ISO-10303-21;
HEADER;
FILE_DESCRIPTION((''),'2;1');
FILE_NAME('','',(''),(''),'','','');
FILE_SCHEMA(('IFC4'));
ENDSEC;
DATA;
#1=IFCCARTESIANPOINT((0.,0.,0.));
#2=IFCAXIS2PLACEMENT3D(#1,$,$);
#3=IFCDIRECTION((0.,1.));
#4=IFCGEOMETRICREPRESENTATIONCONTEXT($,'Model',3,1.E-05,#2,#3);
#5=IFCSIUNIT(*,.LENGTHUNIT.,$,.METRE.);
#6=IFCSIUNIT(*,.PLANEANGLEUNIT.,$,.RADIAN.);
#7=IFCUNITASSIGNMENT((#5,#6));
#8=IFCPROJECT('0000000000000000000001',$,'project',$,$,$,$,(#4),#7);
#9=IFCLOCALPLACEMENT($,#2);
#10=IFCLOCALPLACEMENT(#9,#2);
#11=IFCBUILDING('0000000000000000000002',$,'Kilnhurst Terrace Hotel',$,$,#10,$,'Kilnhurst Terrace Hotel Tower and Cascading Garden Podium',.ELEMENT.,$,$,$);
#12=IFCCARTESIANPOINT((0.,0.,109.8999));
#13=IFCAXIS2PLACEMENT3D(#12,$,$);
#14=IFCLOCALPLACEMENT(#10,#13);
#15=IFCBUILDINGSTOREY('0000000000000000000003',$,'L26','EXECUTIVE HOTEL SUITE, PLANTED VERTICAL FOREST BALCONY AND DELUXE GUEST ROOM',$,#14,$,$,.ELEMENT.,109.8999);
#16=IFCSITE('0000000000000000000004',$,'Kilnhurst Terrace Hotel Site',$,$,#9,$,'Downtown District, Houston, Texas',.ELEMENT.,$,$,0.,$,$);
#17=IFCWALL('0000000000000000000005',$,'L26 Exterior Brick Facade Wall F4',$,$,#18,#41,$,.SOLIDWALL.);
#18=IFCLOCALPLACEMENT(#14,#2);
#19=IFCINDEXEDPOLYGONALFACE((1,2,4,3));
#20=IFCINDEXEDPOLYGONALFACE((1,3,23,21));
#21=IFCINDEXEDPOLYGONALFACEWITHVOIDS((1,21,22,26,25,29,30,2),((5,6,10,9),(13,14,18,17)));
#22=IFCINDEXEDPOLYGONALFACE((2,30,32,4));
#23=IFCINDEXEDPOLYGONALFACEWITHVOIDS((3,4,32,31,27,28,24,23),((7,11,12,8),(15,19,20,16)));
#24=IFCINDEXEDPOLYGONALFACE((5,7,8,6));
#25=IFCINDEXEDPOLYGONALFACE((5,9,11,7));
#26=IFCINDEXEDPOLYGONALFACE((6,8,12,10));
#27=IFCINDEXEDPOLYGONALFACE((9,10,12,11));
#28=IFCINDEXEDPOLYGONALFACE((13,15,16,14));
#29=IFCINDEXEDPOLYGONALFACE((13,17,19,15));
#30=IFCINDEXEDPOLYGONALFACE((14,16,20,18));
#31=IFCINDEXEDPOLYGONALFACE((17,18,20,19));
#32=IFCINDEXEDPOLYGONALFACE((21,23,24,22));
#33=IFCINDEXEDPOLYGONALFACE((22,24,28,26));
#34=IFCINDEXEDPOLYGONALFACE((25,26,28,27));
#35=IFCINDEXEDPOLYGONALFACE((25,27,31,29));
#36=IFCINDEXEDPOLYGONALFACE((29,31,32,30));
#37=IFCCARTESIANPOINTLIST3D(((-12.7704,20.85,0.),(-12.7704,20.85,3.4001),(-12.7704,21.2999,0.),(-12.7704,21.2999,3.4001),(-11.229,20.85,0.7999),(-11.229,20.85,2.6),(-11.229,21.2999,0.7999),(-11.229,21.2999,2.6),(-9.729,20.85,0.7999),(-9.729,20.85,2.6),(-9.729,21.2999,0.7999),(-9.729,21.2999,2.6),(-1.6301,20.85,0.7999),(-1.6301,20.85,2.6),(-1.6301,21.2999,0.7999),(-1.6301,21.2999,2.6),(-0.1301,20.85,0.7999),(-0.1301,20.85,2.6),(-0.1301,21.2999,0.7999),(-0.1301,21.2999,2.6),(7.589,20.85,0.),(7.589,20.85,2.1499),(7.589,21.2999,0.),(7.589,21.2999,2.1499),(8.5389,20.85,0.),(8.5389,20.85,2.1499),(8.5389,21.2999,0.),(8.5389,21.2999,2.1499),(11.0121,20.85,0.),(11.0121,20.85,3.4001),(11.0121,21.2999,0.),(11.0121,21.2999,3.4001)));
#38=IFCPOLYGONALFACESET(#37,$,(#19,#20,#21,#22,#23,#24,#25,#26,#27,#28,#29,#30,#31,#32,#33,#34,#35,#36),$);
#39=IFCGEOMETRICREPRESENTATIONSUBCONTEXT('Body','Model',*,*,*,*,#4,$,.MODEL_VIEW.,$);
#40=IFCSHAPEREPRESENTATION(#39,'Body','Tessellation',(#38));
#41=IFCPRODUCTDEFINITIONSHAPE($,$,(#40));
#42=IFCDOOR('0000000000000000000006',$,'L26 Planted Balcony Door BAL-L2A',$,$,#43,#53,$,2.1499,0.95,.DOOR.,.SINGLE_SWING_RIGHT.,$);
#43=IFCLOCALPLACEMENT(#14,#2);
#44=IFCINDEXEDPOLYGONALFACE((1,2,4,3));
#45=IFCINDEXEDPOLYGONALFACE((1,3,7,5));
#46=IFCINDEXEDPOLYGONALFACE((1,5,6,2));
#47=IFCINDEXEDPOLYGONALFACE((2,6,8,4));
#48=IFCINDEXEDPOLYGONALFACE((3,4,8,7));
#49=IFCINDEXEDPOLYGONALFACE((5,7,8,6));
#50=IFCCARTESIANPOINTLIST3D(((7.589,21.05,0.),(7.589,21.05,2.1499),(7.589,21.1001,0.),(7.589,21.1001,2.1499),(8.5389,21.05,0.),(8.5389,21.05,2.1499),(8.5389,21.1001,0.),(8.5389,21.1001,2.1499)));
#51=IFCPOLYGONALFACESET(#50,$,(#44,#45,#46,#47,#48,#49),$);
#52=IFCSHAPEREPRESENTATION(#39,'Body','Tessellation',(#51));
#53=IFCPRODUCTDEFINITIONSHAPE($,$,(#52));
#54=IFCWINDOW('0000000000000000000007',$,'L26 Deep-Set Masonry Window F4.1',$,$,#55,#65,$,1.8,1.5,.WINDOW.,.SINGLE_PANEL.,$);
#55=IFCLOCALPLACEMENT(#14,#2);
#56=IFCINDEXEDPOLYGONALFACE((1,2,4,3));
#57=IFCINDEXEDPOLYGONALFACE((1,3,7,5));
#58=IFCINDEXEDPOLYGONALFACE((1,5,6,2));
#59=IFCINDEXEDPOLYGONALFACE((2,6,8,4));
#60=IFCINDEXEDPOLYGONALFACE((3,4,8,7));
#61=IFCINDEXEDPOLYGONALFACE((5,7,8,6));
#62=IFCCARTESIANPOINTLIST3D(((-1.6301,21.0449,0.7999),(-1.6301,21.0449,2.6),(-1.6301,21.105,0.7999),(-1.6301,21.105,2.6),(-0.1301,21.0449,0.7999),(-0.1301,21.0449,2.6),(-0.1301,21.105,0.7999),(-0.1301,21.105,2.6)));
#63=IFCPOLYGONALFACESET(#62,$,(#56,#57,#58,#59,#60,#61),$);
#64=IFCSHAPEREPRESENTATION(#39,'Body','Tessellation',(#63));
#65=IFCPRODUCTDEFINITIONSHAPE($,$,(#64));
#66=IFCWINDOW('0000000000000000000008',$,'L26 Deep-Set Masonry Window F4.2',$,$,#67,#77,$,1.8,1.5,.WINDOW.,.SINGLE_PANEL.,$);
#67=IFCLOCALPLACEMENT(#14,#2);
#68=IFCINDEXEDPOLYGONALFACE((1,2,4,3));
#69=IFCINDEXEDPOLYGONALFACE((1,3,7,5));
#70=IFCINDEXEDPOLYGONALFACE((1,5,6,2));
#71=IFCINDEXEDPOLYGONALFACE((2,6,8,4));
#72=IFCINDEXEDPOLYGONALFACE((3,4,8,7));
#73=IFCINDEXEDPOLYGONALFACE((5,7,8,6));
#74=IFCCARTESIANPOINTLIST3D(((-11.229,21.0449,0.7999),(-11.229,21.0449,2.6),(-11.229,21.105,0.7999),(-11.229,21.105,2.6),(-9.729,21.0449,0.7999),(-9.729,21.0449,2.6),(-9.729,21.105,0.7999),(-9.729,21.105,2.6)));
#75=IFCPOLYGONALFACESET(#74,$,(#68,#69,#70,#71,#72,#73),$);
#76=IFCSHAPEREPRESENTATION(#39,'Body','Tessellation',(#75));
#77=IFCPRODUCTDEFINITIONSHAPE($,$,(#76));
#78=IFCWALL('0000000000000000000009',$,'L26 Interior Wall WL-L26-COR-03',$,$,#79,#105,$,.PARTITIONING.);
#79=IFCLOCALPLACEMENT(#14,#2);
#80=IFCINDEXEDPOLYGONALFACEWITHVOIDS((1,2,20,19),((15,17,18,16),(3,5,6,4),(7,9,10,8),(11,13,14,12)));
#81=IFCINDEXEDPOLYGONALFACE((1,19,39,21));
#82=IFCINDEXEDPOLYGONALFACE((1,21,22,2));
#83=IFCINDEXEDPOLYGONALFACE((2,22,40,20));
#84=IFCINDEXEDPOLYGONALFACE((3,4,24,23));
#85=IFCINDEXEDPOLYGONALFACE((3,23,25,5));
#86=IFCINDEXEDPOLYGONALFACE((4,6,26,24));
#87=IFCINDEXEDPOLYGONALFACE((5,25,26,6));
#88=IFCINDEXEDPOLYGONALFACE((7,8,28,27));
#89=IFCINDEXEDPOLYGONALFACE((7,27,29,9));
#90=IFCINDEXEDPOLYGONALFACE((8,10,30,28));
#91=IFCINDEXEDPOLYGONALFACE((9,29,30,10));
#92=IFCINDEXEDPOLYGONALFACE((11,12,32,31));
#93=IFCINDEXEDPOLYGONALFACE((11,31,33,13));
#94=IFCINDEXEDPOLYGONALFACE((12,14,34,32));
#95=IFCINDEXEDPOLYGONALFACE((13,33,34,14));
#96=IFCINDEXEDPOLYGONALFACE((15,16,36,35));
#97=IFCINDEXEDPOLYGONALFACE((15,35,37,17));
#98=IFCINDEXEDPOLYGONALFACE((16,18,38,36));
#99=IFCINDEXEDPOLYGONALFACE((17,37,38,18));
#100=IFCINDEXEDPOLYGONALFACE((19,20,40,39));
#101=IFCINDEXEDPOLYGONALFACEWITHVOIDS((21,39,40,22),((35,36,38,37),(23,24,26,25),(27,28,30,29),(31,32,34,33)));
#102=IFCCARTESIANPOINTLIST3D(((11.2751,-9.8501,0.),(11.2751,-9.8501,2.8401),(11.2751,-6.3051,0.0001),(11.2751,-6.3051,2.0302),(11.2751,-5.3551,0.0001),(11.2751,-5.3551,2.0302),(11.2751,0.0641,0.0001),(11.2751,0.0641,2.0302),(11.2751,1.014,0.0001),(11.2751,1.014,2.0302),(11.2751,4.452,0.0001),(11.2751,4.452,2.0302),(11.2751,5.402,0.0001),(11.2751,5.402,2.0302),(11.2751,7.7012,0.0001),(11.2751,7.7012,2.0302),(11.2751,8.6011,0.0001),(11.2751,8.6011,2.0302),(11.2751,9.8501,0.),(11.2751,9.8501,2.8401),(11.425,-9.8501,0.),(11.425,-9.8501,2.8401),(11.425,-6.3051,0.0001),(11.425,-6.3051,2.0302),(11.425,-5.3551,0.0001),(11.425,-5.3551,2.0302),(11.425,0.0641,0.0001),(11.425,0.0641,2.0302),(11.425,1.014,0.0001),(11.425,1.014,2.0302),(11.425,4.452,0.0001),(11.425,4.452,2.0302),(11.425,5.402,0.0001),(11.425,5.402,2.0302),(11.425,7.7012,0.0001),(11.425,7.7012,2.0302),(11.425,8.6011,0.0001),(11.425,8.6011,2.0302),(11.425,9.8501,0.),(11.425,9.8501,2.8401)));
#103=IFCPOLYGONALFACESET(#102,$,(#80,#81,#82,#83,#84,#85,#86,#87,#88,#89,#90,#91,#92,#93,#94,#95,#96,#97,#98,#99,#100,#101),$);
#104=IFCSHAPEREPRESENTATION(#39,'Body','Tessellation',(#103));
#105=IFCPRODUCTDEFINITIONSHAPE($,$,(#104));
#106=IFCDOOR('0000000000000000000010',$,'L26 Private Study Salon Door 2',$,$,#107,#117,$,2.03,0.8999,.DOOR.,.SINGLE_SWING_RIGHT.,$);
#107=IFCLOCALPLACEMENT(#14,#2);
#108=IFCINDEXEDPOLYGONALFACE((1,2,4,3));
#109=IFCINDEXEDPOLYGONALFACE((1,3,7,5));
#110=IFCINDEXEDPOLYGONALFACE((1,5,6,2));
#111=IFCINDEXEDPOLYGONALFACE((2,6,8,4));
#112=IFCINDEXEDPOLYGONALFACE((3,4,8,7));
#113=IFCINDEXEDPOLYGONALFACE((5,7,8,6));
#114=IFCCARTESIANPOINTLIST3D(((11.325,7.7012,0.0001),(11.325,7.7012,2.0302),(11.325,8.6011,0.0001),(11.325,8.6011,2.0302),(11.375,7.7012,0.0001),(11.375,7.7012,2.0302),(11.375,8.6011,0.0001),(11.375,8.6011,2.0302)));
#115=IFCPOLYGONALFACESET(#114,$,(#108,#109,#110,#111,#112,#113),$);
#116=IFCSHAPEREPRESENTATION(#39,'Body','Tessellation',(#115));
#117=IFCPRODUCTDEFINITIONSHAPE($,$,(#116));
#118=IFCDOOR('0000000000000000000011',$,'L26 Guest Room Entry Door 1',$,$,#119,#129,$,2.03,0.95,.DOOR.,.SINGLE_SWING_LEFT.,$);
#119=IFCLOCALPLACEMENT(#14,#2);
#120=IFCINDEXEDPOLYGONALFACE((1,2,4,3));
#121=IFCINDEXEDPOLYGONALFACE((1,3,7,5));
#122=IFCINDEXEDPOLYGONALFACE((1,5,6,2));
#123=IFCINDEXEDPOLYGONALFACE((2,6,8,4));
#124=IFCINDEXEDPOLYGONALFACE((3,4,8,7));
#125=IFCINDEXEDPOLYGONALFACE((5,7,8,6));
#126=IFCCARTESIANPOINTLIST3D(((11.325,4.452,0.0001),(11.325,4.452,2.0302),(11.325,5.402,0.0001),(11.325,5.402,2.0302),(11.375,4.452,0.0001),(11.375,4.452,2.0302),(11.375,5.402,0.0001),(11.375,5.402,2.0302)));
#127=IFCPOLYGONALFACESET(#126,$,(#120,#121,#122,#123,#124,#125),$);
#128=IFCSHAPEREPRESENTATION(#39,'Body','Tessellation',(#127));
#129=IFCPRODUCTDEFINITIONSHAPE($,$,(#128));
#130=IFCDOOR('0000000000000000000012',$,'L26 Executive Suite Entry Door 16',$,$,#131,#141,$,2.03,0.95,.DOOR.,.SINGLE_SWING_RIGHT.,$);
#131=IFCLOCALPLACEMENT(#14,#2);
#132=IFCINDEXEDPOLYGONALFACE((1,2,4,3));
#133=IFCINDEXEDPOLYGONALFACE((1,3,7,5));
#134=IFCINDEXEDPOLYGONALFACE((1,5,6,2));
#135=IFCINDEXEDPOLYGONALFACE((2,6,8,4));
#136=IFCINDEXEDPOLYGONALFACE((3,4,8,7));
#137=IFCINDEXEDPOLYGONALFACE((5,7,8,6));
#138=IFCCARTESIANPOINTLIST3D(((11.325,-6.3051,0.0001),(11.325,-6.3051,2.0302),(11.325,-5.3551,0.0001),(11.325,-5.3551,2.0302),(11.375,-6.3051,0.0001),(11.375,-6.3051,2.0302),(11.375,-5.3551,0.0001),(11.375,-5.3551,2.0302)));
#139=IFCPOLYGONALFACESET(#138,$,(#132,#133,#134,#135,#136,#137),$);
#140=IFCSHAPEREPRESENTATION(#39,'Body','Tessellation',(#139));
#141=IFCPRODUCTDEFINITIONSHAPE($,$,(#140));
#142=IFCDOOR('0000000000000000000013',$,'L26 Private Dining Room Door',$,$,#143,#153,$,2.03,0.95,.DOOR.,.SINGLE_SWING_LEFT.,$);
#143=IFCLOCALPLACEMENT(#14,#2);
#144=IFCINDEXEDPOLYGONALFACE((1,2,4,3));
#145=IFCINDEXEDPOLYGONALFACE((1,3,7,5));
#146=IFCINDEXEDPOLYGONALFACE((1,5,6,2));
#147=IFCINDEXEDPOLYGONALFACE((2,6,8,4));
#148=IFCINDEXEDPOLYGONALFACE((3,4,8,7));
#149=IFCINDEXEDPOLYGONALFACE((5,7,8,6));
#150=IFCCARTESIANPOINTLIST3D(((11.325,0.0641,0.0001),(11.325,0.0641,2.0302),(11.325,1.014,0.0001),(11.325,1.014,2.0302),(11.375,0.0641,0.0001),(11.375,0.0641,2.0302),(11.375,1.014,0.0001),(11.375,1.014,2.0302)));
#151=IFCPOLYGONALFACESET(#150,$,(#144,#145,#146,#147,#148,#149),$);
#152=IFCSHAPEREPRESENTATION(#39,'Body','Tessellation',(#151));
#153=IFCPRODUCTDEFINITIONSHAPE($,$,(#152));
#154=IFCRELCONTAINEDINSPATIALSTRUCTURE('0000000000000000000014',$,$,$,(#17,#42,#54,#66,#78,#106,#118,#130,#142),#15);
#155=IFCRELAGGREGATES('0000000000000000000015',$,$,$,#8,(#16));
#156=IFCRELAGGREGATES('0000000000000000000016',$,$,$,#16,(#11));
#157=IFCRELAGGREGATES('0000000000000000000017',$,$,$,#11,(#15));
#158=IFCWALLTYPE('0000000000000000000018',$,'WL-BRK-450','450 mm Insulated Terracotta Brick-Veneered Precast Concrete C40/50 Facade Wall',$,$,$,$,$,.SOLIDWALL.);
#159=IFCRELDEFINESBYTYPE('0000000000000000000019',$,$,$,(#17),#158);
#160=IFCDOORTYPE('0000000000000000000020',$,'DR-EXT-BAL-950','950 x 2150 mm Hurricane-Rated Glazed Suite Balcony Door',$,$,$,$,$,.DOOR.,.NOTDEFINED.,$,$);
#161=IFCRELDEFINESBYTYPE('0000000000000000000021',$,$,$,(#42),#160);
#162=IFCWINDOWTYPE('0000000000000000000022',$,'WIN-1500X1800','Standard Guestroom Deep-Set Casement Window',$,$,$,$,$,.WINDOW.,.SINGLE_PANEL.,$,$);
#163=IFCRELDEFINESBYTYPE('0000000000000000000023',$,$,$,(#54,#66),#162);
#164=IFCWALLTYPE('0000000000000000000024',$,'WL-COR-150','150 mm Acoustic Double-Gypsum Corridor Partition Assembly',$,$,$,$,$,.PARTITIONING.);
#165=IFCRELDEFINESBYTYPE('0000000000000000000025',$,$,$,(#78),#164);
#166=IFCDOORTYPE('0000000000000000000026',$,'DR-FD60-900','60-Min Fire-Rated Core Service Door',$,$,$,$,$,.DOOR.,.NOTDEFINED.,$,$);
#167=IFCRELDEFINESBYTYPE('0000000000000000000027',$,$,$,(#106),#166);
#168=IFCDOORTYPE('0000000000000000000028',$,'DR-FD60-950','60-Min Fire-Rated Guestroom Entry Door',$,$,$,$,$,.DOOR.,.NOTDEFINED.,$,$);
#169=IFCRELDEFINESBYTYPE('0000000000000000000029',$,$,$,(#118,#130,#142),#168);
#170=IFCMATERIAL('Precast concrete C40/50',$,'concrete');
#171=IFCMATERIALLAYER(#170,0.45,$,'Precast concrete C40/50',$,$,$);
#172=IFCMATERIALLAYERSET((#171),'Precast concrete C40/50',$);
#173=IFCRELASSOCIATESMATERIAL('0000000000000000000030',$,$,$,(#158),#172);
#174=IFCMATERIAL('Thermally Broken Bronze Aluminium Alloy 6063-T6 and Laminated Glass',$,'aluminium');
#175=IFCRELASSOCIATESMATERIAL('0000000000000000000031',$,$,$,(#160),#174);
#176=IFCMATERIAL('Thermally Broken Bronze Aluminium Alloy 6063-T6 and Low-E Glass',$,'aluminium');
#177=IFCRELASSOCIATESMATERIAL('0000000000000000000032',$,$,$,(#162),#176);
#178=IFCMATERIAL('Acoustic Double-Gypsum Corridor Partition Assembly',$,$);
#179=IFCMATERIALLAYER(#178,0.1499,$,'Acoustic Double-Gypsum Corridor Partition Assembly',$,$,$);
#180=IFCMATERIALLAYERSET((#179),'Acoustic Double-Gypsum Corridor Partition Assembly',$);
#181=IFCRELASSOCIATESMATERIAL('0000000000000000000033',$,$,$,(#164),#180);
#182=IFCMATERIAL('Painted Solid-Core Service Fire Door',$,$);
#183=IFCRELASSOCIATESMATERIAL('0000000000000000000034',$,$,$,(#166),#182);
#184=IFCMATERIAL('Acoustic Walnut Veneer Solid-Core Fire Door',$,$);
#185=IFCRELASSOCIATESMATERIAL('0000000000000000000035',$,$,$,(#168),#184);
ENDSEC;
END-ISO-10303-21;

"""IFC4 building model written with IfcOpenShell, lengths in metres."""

from ifc_helpers import new_model, si_unit, direction, frame, frame_2d, origin, place, context, subcontext, project, spatial, rectangle, extrude, material, layer, layer_set, type_object, element, fill, save


model = new_model("IFC4")

# Units and contexts
model_context = context("Model", 3, precision=1e-05, world=origin(), true_north=direction((0.0, 1.0)))
body_context = subcontext(model_context, "Body", "Model", "MODEL_VIEW")
ifc_project = project(units=[si_unit("LENGTHUNIT", "METRE"), si_unit("PLANEANGLEUNIT", "RADIAN")], contexts=[model_context])

# Site, building, storey
site_placement = place(None, origin())
site = spatial("IfcSite", under=ifc_project, at=site_placement, Name="Kilnhurst Terrace Hotel Site", LongName="Downtown District, Houston, Texas", CompositionType="ELEMENT", RefElevation=0.0)
building_placement = place(site_placement, origin())
building = spatial("IfcBuilding", under=site, at=building_placement, Name="Kilnhurst Terrace Hotel", LongName="Kilnhurst Terrace Hotel Tower and Cascading Garden Podium", CompositionType="ELEMENT")
storey_placement = place(building_placement, frame((0.0, 0.0, 109.8999)))
storey = spatial("IfcBuildingStorey", under=building, at=storey_placement, Name="L26", Description="EXECUTIVE HOTEL SUITE, PLANTED VERTICAL FOREST BALCONY AND DELUXE GUEST ROOM", CompositionType="ELEMENT", Elevation=109.8999)

# Shared definitions
ifc_material_1 = material(Name="Precast concrete C40/50", Category="concrete")
ifc_layer_1 = layer(ifc_material_1, 0.45, Name="Precast concrete C40/50")
ifc_layer_set_1 = layer_set([ifc_layer_1], Name="Precast concrete C40/50")
wall_type_1 = type_object("IfcWallType", Name="WL-BRK-450", Description="450 mm Insulated Terracotta Brick-Veneered Precast Concrete C40/50 Facade Wall", PredefinedType="SOLIDWALL", material=ifc_layer_set_1)

# Wall, openings, door, windows
wall_1_placement = place(storey_placement, frame((11.012, 21.075, 0.0), z_axis=(0.0, 0.0, 1.0), x_axis=(-1.0, 0.0, 0.0)))
wall_1 = element("IfcWall", 1, at=wall_1_placement, inside=storey, type_object=wall_type_1, Name="L26 Exterior Brick Facade Wall F4", PredefinedType="SOLIDWALL", context=body_context, shape_type="SweptSolid", body=[
    extrude(rectangle(XDim=23.7825, YDim=0.45, at=frame_2d((11.8911, 0.0))), origin(), (0.0, 0.0, 1.0), 3.4001),
])
opening_1_placement = place(wall_1_placement, frame((2.4729, 0.0, 0.0)))
opening_1 = element("IfcOpeningElement", 2, at=opening_1_placement, cuts=wall_1, PredefinedType="OPENING", context=body_context, shape_type="SweptSolid", body=[
    extrude(rectangle(XDim=0.95, YDim=2.1499, at=frame_2d((0.4751, 1.075))), frame((0.0, 0.2349, 0.0), z_axis=(0.0, -1.0, 0.0), x_axis=(1.0, 0.0, 0.0)), (0.0, 0.0, 1.0), 0.47),
])
opening_2_placement = place(wall_1_placement, frame((11.1421, 0.0, 0.8)))
opening_2 = element("IfcOpeningElement", 3, at=opening_2_placement, cuts=wall_1, PredefinedType="OPENING", context=body_context, shape_type="SweptSolid", body=[
    extrude(rectangle(XDim=1.5, YDim=1.8, at=frame_2d((0.75, 0.8999))), frame((0.0, 0.2349, 0.0), z_axis=(0.0, -1.0, 0.0), x_axis=(1.0, 0.0, 0.0)), (0.0, 0.0, 1.0), 0.47),
])
opening_3_placement = place(wall_1_placement, frame((20.741, 0.0, 0.8)))
opening_3 = element("IfcOpeningElement", 4, at=opening_3_placement, cuts=wall_1, PredefinedType="OPENING", context=body_context, shape_type="SweptSolid", body=[
    extrude(rectangle(XDim=1.5, YDim=1.8, at=frame_2d((0.75, 0.8999))), frame((0.0, 0.2349, 0.0), z_axis=(0.0, -1.0, 0.0), x_axis=(1.0, 0.0, 0.0)), (0.0, 0.0, 1.0), 0.47),
])
ifc_material_2 = material(Name="Thermally Broken Bronze Aluminium Alloy 6063-T6 and Laminated Glass", Category="aluminium")
door_type_1 = type_object("IfcDoorType", Name="DR-EXT-BAL-950", Description="950 x 2150 mm Hurricane-Rated Glazed Suite Balcony Door", OperationType="NOTDEFINED", PredefinedType="DOOR", material=ifc_material_2)
door_1_placement = place(opening_1_placement, origin())
door_1 = element("IfcDoor", 5, at=door_1_placement, inside=storey, type_object=door_type_1, Name="L26 Planted Balcony Door BAL-L2A", OperationType="SINGLE_SWING_RIGHT", OverallHeight=2.1499, OverallWidth=0.95, PredefinedType="DOOR", context=body_context, shape_type="SweptSolid", body=[
    extrude(rectangle(XDim=0.95, YDim=2.1499, at=frame_2d((0.4751, 1.075))), frame((0.0, 0.0249, 0.0), z_axis=(0.0, -1.0, 0.0), x_axis=(1.0, 0.0, 0.0)), (0.0, 0.0, 1.0), 0.05),
])
fill(opening_1, door_1)
ifc_material_3 = material(Name="Thermally Broken Bronze Aluminium Alloy 6063-T6 and Low-E Glass", Category="aluminium")
window_type = type_object("IfcWindowType", Name="WIN-1500X1800", Description="Standard Guestroom Deep-Set Casement Window", PartitioningType="SINGLE_PANEL", PredefinedType="WINDOW", material=ifc_material_3)
window_1_placement = place(opening_2_placement, origin())
window_1 = element("IfcWindow", 6, at=window_1_placement, inside=storey, type_object=window_type, Name="L26 Deep-Set Masonry Window F4.1", OverallHeight=1.8, OverallWidth=1.5, PartitioningType="SINGLE_PANEL", PredefinedType="WINDOW", context=body_context, shape_type="SweptSolid", body=[
    extrude(rectangle(XDim=1.5, YDim=1.8, at=frame_2d((0.75, 0.8999))), frame((0.0, 0.03, 0.0), z_axis=(0.0, -1.0, 0.0), x_axis=(1.0, 0.0, 0.0)), (0.0, 0.0, 1.0), 0.0601),
])
fill(opening_2, window_1)
window_2_placement = place(opening_3_placement, origin())
window_2 = element("IfcWindow", 7, at=window_2_placement, inside=storey, type_object=window_type, Name="L26 Deep-Set Masonry Window F4.2", OverallHeight=1.8, OverallWidth=1.5, PartitioningType="SINGLE_PANEL", PredefinedType="WINDOW", context=body_context, shape_type="SweptSolid", body=[
    extrude(rectangle(XDim=1.5, YDim=1.8, at=frame_2d((0.75, 0.8999))), frame((0.0, 0.03, 0.0), z_axis=(0.0, -1.0, 0.0), x_axis=(1.0, 0.0, 0.0)), (0.0, 0.0, 1.0), 0.0601),
])
fill(opening_3, window_2)

# Wall, openings, doors
ifc_material_4 = material(Name="Acoustic Double-Gypsum Corridor Partition Assembly")
ifc_layer_2 = layer(ifc_material_4, 0.1499, Name="Acoustic Double-Gypsum Corridor Partition Assembly")
ifc_layer_set_2 = layer_set([ifc_layer_2], Name="Acoustic Double-Gypsum Corridor Partition Assembly")
wall_type_2 = type_object("IfcWallType", Name="WL-COR-150", Description="150 mm Acoustic Double-Gypsum Corridor Partition Assembly", PredefinedType="PARTITIONING", material=ifc_layer_set_2)
wall_2_placement = place(storey_placement, frame((11.3501, 9.8501, 0.0), z_axis=(0.0, 0.0, 1.0), x_axis=(0.0, -1.0, 0.0)))
wall_2 = element("IfcWall", 8, at=wall_2_placement, inside=storey, type_object=wall_type_2, Name="L26 Interior Wall WL-L26-COR-03", PredefinedType="PARTITIONING", context=body_context, shape_type="SweptSolid", body=[
    extrude(rectangle(XDim=19.7002, YDim=0.1499, at=frame_2d((9.8501, 0.0))), origin(), (0.0, 0.0, 1.0), 2.8401),
])
opening_4_placement = place(wall_2_placement, frame((4.448, 0.0, 0.0)))
opening_4 = element("IfcOpeningElement", 9, at=opening_4_placement, cuts=wall_2, PredefinedType="OPENING", context=body_context, shape_type="SweptSolid", body=[
    extrude(rectangle(XDim=0.95, YDim=2.03, at=frame_2d((0.4751, 1.0151))), frame((0.0, 0.085, 0.0), z_axis=(0.0, -1.0, 0.0), x_axis=(1.0, 0.0, 0.0)), (0.0, 0.0, 1.0), 0.1699),
])
opening_5_placement = place(wall_2_placement, frame((1.249, 0.0, 0.0)))
opening_5 = element("IfcOpeningElement", 10, at=opening_5_placement, cuts=wall_2, PredefinedType="OPENING", context=body_context, shape_type="SweptSolid", body=[
    extrude(rectangle(XDim=0.8999, YDim=2.03, at=frame_2d((0.45, 1.0151))), frame((0.0, 0.085, 0.0), z_axis=(0.0, -1.0, 0.0), x_axis=(1.0, 0.0, 0.0)), (0.0, 0.0, 1.0), 0.1699),
])
opening_6_placement = place(wall_2_placement, frame((15.2051, 0.0, 0.0)))
opening_6 = element("IfcOpeningElement", 11, at=opening_6_placement, cuts=wall_2, PredefinedType="OPENING", context=body_context, shape_type="SweptSolid", body=[
    extrude(rectangle(XDim=0.95, YDim=2.03, at=frame_2d((0.4751, 1.0151))), frame((0.0, 0.085, 0.0), z_axis=(0.0, -1.0, 0.0), x_axis=(1.0, 0.0, 0.0)), (0.0, 0.0, 1.0), 0.1699),
])
opening_7_placement = place(wall_2_placement, frame((8.8359, 0.0, 0.0)))
opening_7 = element("IfcOpeningElement", 12, at=opening_7_placement, cuts=wall_2, PredefinedType="OPENING", context=body_context, shape_type="SweptSolid", body=[
    extrude(rectangle(XDim=0.95, YDim=2.03, at=frame_2d((0.4751, 1.0151))), frame((0.0, 0.085, 0.0), z_axis=(0.0, -1.0, 0.0), x_axis=(1.0, 0.0, 0.0)), (0.0, 0.0, 1.0), 0.1699),
])
ifc_material_5 = material(Name="Painted Solid-Core Service Fire Door")
door_type_2 = type_object("IfcDoorType", Name="DR-FD60-900", Description="60-Min Fire-Rated Core Service Door", OperationType="NOTDEFINED", PredefinedType="DOOR", material=ifc_material_5)
door_2_placement = place(opening_5_placement, origin())
door_2 = element("IfcDoor", 13, at=door_2_placement, inside=storey, type_object=door_type_2, Name="L26 Private Study Salon Door 2", OperationType="SINGLE_SWING_RIGHT", OverallHeight=2.03, OverallWidth=0.8999, PredefinedType="DOOR", context=body_context, shape_type="SweptSolid", body=[
    extrude(rectangle(XDim=0.8999, YDim=2.03, at=frame_2d((0.45, 1.0151))), frame((0.0, 0.0249, 0.0), z_axis=(0.0, -1.0, 0.0), x_axis=(1.0, 0.0, 0.0)), (0.0, 0.0, 1.0), 0.05),
])
fill(opening_5, door_2)
ifc_material_6 = material(Name="Acoustic Walnut Veneer Solid-Core Fire Door")
door_type_3 = type_object("IfcDoorType", Name="DR-FD60-950", Description="60-Min Fire-Rated Guestroom Entry Door", OperationType="NOTDEFINED", PredefinedType="DOOR", material=ifc_material_6)
door_3_placement = place(opening_4_placement, origin())
door_3 = element("IfcDoor", 14, at=door_3_placement, inside=storey, type_object=door_type_3, Name="L26 Guest Room Entry Door 1", OperationType="SINGLE_SWING_LEFT", OverallHeight=2.03, OverallWidth=0.95, PredefinedType="DOOR", context=body_context, shape_type="SweptSolid", body=[
    extrude(rectangle(XDim=0.95, YDim=2.03, at=frame_2d((0.4751, 1.0151))), frame((0.0, 0.0249, 0.0), z_axis=(0.0, -1.0, 0.0), x_axis=(1.0, 0.0, 0.0)), (0.0, 0.0, 1.0), 0.05),
])
fill(opening_4, door_3)
door_4_placement = place(opening_6_placement, origin())
door_4 = element("IfcDoor", 15, at=door_4_placement, inside=storey, type_object=door_type_3, Name="L26 Executive Suite Entry Door 16", OperationType="SINGLE_SWING_RIGHT", OverallHeight=2.03, OverallWidth=0.95, PredefinedType="DOOR", context=body_context, shape_type="SweptSolid", body=[
    extrude(rectangle(XDim=0.95, YDim=2.03, at=frame_2d((0.4751, 1.0151))), frame((0.0, 0.0249, 0.0), z_axis=(0.0, -1.0, 0.0), x_axis=(1.0, 0.0, 0.0)), (0.0, 0.0, 1.0), 0.05),
])
fill(opening_6, door_4)
door_5_placement = place(opening_7_placement, origin())
door_5 = element("IfcDoor", 16, at=door_5_placement, inside=storey, type_object=door_type_3, Name="L26 Private Dining Room Door", OperationType="SINGLE_SWING_LEFT", OverallHeight=2.03, OverallWidth=0.95, PredefinedType="DOOR", context=body_context, shape_type="SweptSolid", body=[
    extrude(rectangle(XDim=0.95, YDim=2.03, at=frame_2d((0.4751, 1.0151))), frame((0.0, 0.0249, 0.0), z_axis=(0.0, -1.0, 0.0), x_axis=(1.0, 0.0, 0.0)), (0.0, 0.0, 1.0), 0.05),
])
fill(opening_7, door_5)

save(model, "model.ifc")
